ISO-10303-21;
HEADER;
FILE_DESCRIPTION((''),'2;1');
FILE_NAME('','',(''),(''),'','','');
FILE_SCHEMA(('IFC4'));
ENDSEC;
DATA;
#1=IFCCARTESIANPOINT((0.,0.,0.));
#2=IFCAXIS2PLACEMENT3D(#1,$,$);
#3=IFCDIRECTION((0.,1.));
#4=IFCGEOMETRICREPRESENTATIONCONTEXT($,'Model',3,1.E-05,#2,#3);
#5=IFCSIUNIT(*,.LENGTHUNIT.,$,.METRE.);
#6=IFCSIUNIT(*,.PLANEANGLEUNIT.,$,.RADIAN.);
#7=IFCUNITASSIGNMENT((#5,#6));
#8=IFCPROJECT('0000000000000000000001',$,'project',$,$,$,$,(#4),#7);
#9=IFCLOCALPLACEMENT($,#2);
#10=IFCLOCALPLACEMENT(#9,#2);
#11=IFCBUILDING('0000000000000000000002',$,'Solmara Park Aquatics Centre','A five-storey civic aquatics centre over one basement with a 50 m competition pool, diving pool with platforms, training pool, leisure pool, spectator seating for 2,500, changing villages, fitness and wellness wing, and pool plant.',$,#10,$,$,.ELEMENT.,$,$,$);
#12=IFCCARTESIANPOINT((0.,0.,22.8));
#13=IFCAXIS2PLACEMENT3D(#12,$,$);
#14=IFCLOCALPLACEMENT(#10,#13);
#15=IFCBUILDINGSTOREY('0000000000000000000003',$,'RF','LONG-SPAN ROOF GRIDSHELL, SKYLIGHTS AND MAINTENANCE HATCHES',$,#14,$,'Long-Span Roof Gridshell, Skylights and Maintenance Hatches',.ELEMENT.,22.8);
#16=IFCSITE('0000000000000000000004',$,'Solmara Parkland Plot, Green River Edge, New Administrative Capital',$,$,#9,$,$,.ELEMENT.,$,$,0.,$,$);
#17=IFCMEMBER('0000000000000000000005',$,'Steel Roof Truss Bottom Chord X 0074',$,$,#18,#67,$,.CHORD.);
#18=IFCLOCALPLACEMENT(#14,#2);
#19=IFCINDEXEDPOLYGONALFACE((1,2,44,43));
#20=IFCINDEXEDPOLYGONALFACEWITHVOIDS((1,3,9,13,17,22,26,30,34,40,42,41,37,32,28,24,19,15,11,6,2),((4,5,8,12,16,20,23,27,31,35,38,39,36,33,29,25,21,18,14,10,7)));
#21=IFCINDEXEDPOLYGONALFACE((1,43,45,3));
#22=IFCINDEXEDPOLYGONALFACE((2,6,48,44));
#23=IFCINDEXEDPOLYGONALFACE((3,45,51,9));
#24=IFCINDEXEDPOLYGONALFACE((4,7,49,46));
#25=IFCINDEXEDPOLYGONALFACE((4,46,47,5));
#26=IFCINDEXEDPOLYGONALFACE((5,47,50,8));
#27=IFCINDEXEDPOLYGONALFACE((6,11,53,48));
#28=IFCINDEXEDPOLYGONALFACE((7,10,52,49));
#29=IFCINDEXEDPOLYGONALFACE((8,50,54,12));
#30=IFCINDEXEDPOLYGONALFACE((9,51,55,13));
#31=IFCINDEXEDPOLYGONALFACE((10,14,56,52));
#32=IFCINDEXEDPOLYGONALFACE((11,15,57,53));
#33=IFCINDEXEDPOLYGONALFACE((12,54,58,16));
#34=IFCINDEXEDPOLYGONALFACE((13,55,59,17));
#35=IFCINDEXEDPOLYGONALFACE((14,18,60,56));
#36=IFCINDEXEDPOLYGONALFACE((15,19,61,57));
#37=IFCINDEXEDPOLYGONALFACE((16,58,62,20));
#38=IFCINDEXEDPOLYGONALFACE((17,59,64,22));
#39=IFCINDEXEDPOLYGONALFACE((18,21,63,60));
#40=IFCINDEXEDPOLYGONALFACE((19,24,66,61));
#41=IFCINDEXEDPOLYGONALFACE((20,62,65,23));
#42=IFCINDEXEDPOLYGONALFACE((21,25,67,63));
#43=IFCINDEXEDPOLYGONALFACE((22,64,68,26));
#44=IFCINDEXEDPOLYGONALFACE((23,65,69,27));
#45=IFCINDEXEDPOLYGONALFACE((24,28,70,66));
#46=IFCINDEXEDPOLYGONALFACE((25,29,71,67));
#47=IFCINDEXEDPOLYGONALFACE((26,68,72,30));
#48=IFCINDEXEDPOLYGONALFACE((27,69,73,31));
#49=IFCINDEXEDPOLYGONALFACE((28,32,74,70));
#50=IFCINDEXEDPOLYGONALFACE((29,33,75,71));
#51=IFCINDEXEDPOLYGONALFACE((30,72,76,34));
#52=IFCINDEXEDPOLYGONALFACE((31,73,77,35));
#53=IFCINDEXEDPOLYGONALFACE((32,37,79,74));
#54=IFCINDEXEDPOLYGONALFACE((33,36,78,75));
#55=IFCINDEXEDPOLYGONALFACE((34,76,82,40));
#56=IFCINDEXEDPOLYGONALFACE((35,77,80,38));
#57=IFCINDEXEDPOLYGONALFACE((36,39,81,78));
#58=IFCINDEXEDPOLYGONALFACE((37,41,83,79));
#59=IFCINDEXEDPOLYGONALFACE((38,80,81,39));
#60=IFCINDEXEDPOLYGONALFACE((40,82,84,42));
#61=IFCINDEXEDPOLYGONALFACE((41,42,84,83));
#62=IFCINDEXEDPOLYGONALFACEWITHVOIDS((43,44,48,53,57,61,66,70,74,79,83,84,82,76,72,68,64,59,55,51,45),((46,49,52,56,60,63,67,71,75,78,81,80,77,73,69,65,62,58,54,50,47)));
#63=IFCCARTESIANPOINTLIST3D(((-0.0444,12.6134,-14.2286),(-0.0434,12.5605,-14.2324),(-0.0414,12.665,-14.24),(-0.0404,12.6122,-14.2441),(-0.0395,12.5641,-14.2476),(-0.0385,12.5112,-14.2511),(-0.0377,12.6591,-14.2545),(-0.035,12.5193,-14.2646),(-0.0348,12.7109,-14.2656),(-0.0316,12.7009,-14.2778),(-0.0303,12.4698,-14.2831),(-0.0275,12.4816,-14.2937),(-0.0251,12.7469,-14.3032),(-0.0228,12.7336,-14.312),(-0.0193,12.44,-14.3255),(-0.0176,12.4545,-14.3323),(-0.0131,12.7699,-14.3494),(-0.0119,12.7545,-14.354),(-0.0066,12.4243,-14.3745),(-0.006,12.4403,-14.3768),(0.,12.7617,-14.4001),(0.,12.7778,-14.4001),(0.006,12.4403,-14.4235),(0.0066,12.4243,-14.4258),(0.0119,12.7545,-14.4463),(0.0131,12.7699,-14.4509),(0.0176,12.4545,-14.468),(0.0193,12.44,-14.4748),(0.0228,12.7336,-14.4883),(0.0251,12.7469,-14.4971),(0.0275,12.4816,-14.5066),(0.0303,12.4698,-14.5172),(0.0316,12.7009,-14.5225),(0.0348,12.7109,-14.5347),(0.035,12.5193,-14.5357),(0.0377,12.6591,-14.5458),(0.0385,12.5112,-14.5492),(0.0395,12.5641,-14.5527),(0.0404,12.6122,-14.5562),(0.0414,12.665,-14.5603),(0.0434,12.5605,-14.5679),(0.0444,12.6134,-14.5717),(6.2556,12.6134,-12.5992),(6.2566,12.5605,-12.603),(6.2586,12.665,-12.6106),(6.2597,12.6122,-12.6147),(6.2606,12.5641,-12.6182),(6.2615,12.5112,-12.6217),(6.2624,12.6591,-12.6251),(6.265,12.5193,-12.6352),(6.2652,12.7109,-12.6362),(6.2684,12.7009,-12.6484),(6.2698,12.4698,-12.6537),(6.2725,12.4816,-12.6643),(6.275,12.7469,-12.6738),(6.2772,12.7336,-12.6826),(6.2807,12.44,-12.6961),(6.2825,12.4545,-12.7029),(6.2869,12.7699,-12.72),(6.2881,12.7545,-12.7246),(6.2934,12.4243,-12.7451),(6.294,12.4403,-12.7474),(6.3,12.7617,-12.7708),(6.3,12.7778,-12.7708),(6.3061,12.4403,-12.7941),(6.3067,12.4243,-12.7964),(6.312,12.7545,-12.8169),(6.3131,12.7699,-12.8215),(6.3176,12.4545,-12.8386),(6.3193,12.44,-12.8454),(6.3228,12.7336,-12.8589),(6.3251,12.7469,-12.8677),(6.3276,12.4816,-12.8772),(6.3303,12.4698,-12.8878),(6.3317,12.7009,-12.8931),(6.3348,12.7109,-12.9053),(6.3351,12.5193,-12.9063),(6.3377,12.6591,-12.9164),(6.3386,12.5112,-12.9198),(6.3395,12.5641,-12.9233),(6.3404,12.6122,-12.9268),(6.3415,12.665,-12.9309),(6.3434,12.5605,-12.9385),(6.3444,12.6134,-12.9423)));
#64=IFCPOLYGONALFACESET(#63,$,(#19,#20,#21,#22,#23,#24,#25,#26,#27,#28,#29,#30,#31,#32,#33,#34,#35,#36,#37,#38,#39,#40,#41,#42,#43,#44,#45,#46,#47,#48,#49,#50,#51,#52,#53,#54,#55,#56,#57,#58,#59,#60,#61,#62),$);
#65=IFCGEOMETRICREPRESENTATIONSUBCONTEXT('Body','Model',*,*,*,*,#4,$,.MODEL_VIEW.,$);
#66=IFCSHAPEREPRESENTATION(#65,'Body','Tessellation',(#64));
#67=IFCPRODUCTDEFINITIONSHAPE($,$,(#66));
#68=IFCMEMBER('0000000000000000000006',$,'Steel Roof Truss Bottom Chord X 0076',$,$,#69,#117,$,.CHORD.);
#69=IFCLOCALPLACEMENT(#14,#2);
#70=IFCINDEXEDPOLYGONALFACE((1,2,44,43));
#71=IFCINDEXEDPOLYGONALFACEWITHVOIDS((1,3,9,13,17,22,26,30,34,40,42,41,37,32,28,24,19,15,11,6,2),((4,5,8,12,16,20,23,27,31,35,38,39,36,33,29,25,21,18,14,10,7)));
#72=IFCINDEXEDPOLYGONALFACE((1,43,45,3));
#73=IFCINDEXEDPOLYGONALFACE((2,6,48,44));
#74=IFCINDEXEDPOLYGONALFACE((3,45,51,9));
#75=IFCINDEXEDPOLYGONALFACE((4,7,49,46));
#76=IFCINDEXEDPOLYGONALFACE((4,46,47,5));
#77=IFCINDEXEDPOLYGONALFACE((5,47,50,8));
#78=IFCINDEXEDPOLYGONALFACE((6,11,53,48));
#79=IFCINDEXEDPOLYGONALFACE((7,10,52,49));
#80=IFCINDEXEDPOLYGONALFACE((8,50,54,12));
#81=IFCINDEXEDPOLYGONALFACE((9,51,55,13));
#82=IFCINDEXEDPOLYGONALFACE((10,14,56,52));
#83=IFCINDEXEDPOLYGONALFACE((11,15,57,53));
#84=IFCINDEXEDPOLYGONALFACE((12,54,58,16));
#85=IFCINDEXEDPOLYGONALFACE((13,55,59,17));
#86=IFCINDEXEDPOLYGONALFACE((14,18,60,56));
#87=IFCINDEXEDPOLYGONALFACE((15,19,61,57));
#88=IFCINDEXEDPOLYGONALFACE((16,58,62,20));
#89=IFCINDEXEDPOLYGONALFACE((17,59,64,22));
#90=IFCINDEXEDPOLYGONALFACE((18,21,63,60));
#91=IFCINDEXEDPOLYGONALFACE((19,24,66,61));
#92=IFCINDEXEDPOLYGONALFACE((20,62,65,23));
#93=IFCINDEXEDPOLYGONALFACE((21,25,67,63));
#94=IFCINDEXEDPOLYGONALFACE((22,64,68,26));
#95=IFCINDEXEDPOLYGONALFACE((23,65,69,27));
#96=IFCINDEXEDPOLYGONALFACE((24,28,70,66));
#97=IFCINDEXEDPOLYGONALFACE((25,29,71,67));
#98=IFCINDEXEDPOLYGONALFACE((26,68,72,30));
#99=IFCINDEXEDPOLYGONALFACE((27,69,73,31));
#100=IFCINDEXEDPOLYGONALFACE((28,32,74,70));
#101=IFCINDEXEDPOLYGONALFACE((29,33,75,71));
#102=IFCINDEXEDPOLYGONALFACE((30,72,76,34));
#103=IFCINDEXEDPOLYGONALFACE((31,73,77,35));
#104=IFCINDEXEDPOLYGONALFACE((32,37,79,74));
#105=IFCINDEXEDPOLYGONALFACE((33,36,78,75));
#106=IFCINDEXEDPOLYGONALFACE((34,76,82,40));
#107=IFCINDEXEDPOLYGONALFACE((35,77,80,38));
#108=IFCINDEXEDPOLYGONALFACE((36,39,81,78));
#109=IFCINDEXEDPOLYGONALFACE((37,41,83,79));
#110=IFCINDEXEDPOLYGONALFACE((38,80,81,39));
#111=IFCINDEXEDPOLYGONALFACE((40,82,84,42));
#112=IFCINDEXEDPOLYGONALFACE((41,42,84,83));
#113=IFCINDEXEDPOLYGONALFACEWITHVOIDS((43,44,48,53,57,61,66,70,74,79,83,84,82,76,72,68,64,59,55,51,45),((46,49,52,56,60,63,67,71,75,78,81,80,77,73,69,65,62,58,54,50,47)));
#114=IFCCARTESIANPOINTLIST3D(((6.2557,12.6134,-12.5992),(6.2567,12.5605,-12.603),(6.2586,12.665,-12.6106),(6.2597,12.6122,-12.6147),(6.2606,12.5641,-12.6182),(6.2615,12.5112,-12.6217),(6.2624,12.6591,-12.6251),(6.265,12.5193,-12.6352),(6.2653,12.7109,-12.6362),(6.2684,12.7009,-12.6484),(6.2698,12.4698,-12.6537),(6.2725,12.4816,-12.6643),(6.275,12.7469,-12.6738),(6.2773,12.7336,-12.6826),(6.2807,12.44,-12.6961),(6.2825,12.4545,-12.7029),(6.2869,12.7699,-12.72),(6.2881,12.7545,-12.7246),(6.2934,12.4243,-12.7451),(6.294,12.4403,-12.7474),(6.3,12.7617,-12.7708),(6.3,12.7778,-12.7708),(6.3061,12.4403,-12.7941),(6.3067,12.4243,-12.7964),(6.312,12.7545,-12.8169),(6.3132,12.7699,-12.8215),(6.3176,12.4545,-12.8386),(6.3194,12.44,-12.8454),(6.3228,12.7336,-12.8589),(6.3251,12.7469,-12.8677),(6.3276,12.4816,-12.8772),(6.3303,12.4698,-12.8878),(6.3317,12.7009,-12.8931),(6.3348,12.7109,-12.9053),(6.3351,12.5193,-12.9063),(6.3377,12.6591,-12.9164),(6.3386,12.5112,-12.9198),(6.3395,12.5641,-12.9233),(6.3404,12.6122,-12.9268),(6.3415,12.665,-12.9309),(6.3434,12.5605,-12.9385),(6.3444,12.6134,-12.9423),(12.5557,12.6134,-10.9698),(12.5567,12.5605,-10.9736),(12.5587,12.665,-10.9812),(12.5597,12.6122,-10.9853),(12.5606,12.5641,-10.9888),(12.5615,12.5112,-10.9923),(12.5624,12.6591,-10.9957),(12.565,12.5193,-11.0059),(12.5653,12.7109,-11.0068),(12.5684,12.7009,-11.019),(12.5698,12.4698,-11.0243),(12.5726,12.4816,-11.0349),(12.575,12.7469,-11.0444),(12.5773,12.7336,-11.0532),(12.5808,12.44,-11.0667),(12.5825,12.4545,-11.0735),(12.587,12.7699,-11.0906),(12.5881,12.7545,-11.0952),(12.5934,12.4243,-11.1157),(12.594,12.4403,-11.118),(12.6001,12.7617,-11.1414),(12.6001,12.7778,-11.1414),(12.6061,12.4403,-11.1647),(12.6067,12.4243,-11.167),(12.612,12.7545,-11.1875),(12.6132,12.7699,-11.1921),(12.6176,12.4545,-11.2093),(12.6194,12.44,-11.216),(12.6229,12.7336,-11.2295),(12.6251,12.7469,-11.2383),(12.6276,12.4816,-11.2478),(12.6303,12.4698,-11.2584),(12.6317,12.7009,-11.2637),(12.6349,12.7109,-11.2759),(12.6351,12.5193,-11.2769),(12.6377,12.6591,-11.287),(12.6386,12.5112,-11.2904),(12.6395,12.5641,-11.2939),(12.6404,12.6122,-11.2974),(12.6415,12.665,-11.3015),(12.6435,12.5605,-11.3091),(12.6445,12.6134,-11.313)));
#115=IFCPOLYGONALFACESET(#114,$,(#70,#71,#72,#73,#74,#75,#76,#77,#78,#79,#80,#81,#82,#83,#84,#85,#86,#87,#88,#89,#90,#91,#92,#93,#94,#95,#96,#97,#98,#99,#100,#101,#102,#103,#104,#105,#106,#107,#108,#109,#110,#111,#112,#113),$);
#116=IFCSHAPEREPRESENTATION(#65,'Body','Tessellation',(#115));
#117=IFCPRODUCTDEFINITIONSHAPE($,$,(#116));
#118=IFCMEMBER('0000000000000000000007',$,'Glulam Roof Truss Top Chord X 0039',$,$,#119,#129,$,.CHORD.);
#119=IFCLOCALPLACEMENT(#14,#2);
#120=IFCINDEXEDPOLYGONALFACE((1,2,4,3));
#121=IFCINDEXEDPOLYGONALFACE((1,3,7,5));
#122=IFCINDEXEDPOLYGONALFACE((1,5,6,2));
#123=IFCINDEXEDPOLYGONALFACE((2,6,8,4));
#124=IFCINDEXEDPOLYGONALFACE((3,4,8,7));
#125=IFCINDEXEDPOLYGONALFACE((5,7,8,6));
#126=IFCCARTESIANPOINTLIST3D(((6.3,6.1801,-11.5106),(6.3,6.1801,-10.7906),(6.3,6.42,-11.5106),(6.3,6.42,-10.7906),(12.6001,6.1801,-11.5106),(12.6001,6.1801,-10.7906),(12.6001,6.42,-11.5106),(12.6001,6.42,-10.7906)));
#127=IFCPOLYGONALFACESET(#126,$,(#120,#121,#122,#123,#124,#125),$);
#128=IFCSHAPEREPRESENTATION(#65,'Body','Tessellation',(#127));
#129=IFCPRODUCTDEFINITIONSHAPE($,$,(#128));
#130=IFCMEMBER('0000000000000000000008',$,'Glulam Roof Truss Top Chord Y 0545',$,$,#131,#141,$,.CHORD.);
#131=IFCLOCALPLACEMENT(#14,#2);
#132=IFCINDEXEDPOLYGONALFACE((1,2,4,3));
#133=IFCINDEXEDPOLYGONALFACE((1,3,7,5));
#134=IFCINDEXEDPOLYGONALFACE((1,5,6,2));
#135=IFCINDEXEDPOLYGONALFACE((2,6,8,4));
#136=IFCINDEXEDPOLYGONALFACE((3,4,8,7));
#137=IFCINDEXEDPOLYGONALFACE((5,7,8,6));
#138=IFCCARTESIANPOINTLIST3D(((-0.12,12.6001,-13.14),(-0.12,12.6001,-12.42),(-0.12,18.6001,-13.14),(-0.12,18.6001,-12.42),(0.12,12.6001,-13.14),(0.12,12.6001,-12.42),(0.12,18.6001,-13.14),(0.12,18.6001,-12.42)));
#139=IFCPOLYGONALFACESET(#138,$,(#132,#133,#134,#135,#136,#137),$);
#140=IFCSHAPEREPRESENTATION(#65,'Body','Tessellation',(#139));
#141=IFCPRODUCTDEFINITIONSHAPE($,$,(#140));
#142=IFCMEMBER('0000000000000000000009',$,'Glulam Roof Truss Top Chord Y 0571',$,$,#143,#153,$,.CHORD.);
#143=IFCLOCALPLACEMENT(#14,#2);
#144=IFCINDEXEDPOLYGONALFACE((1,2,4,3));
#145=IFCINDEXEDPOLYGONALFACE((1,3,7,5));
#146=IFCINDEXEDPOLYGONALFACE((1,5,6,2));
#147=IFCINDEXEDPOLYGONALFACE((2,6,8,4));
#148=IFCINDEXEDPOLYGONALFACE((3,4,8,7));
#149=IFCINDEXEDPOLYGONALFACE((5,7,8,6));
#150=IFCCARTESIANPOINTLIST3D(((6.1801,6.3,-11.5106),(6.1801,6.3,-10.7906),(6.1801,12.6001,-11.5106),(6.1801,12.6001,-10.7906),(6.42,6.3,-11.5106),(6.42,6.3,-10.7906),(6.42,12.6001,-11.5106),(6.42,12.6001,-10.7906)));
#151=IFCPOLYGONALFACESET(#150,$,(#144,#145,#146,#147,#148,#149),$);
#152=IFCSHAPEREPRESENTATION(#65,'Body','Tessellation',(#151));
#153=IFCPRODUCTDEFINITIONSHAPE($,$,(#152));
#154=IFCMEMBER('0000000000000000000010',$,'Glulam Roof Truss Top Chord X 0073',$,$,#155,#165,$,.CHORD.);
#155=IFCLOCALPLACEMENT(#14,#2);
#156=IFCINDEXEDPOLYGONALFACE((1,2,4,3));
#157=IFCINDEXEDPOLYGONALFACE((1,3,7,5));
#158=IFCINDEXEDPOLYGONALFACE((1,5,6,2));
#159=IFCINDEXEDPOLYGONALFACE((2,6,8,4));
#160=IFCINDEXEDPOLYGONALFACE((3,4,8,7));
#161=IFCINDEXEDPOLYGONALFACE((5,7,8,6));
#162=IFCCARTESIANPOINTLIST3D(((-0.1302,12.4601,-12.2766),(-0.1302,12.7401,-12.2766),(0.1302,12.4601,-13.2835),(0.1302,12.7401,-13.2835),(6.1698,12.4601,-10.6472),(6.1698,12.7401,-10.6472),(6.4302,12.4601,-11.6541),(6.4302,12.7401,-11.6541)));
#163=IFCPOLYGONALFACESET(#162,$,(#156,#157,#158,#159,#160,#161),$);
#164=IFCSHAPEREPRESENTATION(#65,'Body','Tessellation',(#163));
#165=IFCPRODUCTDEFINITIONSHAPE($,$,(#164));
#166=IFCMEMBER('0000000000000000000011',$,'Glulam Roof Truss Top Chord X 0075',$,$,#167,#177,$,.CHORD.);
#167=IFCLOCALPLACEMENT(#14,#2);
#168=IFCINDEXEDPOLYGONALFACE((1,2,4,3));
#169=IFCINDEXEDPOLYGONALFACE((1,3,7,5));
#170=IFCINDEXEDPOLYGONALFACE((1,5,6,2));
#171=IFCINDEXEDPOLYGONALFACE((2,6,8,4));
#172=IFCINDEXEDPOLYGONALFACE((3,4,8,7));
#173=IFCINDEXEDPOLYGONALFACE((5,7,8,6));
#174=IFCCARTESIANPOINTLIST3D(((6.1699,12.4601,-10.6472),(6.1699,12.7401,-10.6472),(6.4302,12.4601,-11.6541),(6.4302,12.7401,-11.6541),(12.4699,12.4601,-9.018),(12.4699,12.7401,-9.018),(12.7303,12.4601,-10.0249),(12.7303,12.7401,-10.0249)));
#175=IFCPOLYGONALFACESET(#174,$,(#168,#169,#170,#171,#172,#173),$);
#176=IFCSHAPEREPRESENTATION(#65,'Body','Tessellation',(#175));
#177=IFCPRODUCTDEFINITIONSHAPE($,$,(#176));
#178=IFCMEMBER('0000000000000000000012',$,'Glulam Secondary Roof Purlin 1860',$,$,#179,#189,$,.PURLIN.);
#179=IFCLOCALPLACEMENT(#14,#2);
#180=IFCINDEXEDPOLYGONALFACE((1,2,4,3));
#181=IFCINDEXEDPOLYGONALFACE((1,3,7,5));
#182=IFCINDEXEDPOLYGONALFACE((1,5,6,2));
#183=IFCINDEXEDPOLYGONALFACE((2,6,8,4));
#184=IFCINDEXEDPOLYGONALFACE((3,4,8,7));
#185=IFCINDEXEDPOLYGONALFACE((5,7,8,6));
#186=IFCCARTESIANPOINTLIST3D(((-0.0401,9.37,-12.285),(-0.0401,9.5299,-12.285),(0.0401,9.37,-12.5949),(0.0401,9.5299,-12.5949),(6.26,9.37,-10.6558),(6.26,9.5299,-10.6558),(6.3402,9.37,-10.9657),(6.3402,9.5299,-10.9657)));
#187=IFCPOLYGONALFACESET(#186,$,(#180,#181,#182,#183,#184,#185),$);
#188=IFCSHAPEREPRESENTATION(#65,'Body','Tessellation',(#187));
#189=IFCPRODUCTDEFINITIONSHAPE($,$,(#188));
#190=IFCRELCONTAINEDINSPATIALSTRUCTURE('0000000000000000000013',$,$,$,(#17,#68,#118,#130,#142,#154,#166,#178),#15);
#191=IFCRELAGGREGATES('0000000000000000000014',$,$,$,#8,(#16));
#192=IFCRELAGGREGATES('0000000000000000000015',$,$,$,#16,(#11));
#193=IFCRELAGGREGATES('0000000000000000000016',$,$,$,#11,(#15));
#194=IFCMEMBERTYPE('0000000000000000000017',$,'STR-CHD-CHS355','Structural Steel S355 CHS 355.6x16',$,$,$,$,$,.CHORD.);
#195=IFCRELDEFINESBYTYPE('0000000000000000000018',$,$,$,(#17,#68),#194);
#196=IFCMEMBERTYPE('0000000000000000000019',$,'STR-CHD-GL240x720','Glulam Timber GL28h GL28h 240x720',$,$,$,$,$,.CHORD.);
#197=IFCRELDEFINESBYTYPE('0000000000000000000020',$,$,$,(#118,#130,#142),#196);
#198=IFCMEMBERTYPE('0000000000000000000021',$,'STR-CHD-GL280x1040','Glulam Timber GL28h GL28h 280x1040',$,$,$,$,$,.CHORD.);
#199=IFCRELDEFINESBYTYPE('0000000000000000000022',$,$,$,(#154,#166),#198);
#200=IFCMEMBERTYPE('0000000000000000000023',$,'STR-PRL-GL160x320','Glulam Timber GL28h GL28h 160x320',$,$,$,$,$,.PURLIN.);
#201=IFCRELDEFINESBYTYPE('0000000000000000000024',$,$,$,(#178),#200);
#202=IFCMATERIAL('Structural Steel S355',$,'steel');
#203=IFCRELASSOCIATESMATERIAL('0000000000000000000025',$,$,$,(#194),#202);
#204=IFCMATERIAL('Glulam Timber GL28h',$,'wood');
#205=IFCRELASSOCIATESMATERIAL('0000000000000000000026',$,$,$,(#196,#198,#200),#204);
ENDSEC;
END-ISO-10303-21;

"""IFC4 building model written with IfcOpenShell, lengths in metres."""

from ifc_helpers import new_model, si_unit, direction, frame, origin, origin_2d, place, context, subcontext, project, spatial, rectangle, hollow_circle, extrude, material, material_profile, profile_set, type_object, element, save


model = new_model("IFC4")

# Units and contexts
model_context = context("Model", 3, precision=1e-05, world=origin(), true_north=direction((0.0, 1.0)))
body_context = subcontext(model_context, "Body", "Model", "MODEL_VIEW")
ifc_project = project(units=[si_unit("LENGTHUNIT", "METRE"), si_unit("PLANEANGLEUNIT", "RADIAN")], contexts=[model_context])

# Site, building, storey
site_placement = place(None, origin())
site = spatial("IfcSite", under=ifc_project, at=site_placement, Name="Solmara Parkland Plot, Green River Edge, New Administrative Capital", CompositionType="ELEMENT", RefElevation=0.0)
building_placement = place(site_placement, origin())
building = spatial("IfcBuilding", under=site, at=building_placement, Name="Solmara Park Aquatics Centre", Description="A five-storey civic aquatics centre over one basement with a 50 m competition pool, diving pool with platforms, training pool, leisure pool, spectator seating for 2,500, changing villages, fitness and wellness wing, and pool plant.", CompositionType="ELEMENT")
storey_placement = place(building_placement, frame((0.0, 0.0, 22.8)))
storey = spatial("IfcBuildingStorey", under=building, at=storey_placement, Name="RF", Description="LONG-SPAN ROOF GRIDSHELL, SKYLIGHTS AND MAINTENANCE HATCHES", LongName="Long-Span Roof Gridshell, Skylights and Maintenance Hatches", CompositionType="ELEMENT", Elevation=22.8)

# Members
ifc_material_1 = material(Name="Structural Steel S355", Category="steel")
ifc_material_profile_1 = material_profile(ifc_material_1, hollow_circle(Radius=0.1777, WallThickness=0.0161, at=origin_2d()), Name="CHS 355.6x16")
ifc_profile_set_1 = profile_set([ifc_material_profile_1], Name="Structural Steel S355")
member_type_1 = type_object("IfcMemberType", Name="STR-CHD-CHS355", Description="Structural Steel S355 CHS 355.6x16", PredefinedType="CHORD", material=ifc_profile_set_1)
for number, where, z_axis, x_axis, name in (
    (1, (0.0, 12.6001, -14.4001), (0.968144, 0.0, 0.250393), (0.0, 1.0, 0.0), "Steel Roof Truss Bottom Chord X 0074"),
    (2, (6.3, 12.6001, -12.7708), (0.968144, 0.0, 0.250393), (0.0, 1.0, 0.0), "Steel Roof Truss Bottom Chord X 0076"),
):
    element("IfcMember", number, at=place(storey_placement, frame(where, z_axis=z_axis, x_axis=x_axis)), inside=storey, type_object=member_type_1, Name=name, PredefinedType="CHORD", context=body_context, shape_type="SweptSolid", body=[
        extrude(hollow_circle(Radius=0.1777, WallThickness=0.0161, at=origin_2d()), origin(), (0.0, 0.0, 1.0), 6.5073),
    ])
ifc_material_2 = material(Name="Glulam Timber GL28h", Category="wood")
ifc_material_profile_2 = material_profile(ifc_material_2, rectangle(XDim=0.24, YDim=0.72, at=origin_2d()), Name="GL28h 240x720")
ifc_profile_set_2 = profile_set([ifc_material_profile_2], Name="Glulam Timber GL28h")
member_type_2 = type_object("IfcMemberType", Name="STR-CHD-GL240x720", Description="Glulam Timber GL28h GL28h 240x720", PredefinedType="CHORD", material=ifc_profile_set_2)
member_1_placement = place(storey_placement, frame((6.3, 6.3, -11.1506), z_axis=(1.0, 0.0, 0.0), x_axis=(0.0, 1.0, 0.0)))
element("IfcMember", 3, at=member_1_placement, inside=storey, type_object=member_type_2, Name="Glulam Roof Truss Top Chord X 0039", PredefinedType="CHORD", context=body_context, shape_type="SweptSolid", body=[
    extrude(rectangle(XDim=0.24, YDim=0.72, at=origin_2d()), origin(), (0.0, 0.0, 1.0), 6.3),
])
member_2_placement = place(storey_placement, frame((0.0, 12.6001, -12.78), z_axis=(0.0, 1.0, 0.0), x_axis=(-1.0, 0.0, 0.0)))
element("IfcMember", 4, at=member_2_placement, inside=storey, type_object=member_type_2, Name="Glulam Roof Truss Top Chord Y 0545", PredefinedType="CHORD", context=body_context, shape_type="SweptSolid", body=[
    extrude(rectangle(XDim=0.24, YDim=0.72, at=origin_2d()), origin(), (0.0, 0.0, 1.0), 6.0),
])
member_3_placement = place(storey_placement, frame((6.3, 6.3, -11.1506), z_axis=(0.0, 1.0, 0.0), x_axis=(-1.0, 0.0, 0.0)))
element("IfcMember", 5, at=member_3_placement, inside=storey, type_object=member_type_2, Name="Glulam Roof Truss Top Chord Y 0571", PredefinedType="CHORD", context=body_context, shape_type="SweptSolid", body=[
    extrude(rectangle(XDim=0.24, YDim=0.72, at=origin_2d()), origin(), (0.0, 0.0, 1.0), 6.3),
])
ifc_material_profile_3 = material_profile(ifc_material_2, rectangle(XDim=0.28, YDim=1.04, at=origin_2d()), Name="GL28h 280x1040")
ifc_profile_set_3 = profile_set([ifc_material_profile_3], Name="Glulam Timber GL28h")
member_type_3 = type_object("IfcMemberType", Name="STR-CHD-GL280x1040", Description="Glulam Timber GL28h GL28h 280x1040", PredefinedType="CHORD", material=ifc_profile_set_3)
for number, where, z_axis, x_axis, name in (
    (6, (0.0, 12.6001, -12.78), (0.968144, 0.0, 0.250393), (0.0, 1.0, 0.0), "Glulam Roof Truss Top Chord X 0073"),
    (7, (6.3, 12.6001, -11.1506), (0.968153, 0.0, 0.250358), (0.0, 1.0, 0.0), "Glulam Roof Truss Top Chord X 0075"),
):
    element("IfcMember", number, at=place(storey_placement, frame(where, z_axis=z_axis, x_axis=x_axis)), inside=storey, type_object=member_type_3, Name=name, PredefinedType="CHORD", context=body_context, shape_type="SweptSolid", body=[
        extrude(rectangle(XDim=0.28, YDim=1.04, at=origin_2d()), origin(), (0.0, 0.0, 1.0), 6.5073),
    ])
ifc_material_profile_4 = material_profile(ifc_material_2, rectangle(XDim=0.1599, YDim=0.3201, at=origin_2d()), Name="GL28h 160x320")
ifc_profile_set_4 = profile_set([ifc_material_profile_4], Name="Glulam Timber GL28h")
member_type_4 = type_object("IfcMemberType", Name="STR-PRL-GL160x320", Description="Glulam Timber GL28h GL28h 160x320", PredefinedType="PURLIN", material=ifc_profile_set_4)
member_4_placement = place(storey_placement, frame((0.0, 9.45, -12.4399), z_axis=(0.968153, 0.0, 0.250358), x_axis=(0.0, 1.0, 0.0)))
element("IfcMember", 8, at=member_4_placement, inside=storey, type_object=member_type_4, Name="Glulam Secondary Roof Purlin 1860", PredefinedType="PURLIN", context=body_context, shape_type="SweptSolid", body=[
    extrude(rectangle(XDim=0.1599, YDim=0.3201, at=origin_2d()), origin(), (0.0, 0.0, 1.0), 6.5073),
])

save(model, "model.ifc")
